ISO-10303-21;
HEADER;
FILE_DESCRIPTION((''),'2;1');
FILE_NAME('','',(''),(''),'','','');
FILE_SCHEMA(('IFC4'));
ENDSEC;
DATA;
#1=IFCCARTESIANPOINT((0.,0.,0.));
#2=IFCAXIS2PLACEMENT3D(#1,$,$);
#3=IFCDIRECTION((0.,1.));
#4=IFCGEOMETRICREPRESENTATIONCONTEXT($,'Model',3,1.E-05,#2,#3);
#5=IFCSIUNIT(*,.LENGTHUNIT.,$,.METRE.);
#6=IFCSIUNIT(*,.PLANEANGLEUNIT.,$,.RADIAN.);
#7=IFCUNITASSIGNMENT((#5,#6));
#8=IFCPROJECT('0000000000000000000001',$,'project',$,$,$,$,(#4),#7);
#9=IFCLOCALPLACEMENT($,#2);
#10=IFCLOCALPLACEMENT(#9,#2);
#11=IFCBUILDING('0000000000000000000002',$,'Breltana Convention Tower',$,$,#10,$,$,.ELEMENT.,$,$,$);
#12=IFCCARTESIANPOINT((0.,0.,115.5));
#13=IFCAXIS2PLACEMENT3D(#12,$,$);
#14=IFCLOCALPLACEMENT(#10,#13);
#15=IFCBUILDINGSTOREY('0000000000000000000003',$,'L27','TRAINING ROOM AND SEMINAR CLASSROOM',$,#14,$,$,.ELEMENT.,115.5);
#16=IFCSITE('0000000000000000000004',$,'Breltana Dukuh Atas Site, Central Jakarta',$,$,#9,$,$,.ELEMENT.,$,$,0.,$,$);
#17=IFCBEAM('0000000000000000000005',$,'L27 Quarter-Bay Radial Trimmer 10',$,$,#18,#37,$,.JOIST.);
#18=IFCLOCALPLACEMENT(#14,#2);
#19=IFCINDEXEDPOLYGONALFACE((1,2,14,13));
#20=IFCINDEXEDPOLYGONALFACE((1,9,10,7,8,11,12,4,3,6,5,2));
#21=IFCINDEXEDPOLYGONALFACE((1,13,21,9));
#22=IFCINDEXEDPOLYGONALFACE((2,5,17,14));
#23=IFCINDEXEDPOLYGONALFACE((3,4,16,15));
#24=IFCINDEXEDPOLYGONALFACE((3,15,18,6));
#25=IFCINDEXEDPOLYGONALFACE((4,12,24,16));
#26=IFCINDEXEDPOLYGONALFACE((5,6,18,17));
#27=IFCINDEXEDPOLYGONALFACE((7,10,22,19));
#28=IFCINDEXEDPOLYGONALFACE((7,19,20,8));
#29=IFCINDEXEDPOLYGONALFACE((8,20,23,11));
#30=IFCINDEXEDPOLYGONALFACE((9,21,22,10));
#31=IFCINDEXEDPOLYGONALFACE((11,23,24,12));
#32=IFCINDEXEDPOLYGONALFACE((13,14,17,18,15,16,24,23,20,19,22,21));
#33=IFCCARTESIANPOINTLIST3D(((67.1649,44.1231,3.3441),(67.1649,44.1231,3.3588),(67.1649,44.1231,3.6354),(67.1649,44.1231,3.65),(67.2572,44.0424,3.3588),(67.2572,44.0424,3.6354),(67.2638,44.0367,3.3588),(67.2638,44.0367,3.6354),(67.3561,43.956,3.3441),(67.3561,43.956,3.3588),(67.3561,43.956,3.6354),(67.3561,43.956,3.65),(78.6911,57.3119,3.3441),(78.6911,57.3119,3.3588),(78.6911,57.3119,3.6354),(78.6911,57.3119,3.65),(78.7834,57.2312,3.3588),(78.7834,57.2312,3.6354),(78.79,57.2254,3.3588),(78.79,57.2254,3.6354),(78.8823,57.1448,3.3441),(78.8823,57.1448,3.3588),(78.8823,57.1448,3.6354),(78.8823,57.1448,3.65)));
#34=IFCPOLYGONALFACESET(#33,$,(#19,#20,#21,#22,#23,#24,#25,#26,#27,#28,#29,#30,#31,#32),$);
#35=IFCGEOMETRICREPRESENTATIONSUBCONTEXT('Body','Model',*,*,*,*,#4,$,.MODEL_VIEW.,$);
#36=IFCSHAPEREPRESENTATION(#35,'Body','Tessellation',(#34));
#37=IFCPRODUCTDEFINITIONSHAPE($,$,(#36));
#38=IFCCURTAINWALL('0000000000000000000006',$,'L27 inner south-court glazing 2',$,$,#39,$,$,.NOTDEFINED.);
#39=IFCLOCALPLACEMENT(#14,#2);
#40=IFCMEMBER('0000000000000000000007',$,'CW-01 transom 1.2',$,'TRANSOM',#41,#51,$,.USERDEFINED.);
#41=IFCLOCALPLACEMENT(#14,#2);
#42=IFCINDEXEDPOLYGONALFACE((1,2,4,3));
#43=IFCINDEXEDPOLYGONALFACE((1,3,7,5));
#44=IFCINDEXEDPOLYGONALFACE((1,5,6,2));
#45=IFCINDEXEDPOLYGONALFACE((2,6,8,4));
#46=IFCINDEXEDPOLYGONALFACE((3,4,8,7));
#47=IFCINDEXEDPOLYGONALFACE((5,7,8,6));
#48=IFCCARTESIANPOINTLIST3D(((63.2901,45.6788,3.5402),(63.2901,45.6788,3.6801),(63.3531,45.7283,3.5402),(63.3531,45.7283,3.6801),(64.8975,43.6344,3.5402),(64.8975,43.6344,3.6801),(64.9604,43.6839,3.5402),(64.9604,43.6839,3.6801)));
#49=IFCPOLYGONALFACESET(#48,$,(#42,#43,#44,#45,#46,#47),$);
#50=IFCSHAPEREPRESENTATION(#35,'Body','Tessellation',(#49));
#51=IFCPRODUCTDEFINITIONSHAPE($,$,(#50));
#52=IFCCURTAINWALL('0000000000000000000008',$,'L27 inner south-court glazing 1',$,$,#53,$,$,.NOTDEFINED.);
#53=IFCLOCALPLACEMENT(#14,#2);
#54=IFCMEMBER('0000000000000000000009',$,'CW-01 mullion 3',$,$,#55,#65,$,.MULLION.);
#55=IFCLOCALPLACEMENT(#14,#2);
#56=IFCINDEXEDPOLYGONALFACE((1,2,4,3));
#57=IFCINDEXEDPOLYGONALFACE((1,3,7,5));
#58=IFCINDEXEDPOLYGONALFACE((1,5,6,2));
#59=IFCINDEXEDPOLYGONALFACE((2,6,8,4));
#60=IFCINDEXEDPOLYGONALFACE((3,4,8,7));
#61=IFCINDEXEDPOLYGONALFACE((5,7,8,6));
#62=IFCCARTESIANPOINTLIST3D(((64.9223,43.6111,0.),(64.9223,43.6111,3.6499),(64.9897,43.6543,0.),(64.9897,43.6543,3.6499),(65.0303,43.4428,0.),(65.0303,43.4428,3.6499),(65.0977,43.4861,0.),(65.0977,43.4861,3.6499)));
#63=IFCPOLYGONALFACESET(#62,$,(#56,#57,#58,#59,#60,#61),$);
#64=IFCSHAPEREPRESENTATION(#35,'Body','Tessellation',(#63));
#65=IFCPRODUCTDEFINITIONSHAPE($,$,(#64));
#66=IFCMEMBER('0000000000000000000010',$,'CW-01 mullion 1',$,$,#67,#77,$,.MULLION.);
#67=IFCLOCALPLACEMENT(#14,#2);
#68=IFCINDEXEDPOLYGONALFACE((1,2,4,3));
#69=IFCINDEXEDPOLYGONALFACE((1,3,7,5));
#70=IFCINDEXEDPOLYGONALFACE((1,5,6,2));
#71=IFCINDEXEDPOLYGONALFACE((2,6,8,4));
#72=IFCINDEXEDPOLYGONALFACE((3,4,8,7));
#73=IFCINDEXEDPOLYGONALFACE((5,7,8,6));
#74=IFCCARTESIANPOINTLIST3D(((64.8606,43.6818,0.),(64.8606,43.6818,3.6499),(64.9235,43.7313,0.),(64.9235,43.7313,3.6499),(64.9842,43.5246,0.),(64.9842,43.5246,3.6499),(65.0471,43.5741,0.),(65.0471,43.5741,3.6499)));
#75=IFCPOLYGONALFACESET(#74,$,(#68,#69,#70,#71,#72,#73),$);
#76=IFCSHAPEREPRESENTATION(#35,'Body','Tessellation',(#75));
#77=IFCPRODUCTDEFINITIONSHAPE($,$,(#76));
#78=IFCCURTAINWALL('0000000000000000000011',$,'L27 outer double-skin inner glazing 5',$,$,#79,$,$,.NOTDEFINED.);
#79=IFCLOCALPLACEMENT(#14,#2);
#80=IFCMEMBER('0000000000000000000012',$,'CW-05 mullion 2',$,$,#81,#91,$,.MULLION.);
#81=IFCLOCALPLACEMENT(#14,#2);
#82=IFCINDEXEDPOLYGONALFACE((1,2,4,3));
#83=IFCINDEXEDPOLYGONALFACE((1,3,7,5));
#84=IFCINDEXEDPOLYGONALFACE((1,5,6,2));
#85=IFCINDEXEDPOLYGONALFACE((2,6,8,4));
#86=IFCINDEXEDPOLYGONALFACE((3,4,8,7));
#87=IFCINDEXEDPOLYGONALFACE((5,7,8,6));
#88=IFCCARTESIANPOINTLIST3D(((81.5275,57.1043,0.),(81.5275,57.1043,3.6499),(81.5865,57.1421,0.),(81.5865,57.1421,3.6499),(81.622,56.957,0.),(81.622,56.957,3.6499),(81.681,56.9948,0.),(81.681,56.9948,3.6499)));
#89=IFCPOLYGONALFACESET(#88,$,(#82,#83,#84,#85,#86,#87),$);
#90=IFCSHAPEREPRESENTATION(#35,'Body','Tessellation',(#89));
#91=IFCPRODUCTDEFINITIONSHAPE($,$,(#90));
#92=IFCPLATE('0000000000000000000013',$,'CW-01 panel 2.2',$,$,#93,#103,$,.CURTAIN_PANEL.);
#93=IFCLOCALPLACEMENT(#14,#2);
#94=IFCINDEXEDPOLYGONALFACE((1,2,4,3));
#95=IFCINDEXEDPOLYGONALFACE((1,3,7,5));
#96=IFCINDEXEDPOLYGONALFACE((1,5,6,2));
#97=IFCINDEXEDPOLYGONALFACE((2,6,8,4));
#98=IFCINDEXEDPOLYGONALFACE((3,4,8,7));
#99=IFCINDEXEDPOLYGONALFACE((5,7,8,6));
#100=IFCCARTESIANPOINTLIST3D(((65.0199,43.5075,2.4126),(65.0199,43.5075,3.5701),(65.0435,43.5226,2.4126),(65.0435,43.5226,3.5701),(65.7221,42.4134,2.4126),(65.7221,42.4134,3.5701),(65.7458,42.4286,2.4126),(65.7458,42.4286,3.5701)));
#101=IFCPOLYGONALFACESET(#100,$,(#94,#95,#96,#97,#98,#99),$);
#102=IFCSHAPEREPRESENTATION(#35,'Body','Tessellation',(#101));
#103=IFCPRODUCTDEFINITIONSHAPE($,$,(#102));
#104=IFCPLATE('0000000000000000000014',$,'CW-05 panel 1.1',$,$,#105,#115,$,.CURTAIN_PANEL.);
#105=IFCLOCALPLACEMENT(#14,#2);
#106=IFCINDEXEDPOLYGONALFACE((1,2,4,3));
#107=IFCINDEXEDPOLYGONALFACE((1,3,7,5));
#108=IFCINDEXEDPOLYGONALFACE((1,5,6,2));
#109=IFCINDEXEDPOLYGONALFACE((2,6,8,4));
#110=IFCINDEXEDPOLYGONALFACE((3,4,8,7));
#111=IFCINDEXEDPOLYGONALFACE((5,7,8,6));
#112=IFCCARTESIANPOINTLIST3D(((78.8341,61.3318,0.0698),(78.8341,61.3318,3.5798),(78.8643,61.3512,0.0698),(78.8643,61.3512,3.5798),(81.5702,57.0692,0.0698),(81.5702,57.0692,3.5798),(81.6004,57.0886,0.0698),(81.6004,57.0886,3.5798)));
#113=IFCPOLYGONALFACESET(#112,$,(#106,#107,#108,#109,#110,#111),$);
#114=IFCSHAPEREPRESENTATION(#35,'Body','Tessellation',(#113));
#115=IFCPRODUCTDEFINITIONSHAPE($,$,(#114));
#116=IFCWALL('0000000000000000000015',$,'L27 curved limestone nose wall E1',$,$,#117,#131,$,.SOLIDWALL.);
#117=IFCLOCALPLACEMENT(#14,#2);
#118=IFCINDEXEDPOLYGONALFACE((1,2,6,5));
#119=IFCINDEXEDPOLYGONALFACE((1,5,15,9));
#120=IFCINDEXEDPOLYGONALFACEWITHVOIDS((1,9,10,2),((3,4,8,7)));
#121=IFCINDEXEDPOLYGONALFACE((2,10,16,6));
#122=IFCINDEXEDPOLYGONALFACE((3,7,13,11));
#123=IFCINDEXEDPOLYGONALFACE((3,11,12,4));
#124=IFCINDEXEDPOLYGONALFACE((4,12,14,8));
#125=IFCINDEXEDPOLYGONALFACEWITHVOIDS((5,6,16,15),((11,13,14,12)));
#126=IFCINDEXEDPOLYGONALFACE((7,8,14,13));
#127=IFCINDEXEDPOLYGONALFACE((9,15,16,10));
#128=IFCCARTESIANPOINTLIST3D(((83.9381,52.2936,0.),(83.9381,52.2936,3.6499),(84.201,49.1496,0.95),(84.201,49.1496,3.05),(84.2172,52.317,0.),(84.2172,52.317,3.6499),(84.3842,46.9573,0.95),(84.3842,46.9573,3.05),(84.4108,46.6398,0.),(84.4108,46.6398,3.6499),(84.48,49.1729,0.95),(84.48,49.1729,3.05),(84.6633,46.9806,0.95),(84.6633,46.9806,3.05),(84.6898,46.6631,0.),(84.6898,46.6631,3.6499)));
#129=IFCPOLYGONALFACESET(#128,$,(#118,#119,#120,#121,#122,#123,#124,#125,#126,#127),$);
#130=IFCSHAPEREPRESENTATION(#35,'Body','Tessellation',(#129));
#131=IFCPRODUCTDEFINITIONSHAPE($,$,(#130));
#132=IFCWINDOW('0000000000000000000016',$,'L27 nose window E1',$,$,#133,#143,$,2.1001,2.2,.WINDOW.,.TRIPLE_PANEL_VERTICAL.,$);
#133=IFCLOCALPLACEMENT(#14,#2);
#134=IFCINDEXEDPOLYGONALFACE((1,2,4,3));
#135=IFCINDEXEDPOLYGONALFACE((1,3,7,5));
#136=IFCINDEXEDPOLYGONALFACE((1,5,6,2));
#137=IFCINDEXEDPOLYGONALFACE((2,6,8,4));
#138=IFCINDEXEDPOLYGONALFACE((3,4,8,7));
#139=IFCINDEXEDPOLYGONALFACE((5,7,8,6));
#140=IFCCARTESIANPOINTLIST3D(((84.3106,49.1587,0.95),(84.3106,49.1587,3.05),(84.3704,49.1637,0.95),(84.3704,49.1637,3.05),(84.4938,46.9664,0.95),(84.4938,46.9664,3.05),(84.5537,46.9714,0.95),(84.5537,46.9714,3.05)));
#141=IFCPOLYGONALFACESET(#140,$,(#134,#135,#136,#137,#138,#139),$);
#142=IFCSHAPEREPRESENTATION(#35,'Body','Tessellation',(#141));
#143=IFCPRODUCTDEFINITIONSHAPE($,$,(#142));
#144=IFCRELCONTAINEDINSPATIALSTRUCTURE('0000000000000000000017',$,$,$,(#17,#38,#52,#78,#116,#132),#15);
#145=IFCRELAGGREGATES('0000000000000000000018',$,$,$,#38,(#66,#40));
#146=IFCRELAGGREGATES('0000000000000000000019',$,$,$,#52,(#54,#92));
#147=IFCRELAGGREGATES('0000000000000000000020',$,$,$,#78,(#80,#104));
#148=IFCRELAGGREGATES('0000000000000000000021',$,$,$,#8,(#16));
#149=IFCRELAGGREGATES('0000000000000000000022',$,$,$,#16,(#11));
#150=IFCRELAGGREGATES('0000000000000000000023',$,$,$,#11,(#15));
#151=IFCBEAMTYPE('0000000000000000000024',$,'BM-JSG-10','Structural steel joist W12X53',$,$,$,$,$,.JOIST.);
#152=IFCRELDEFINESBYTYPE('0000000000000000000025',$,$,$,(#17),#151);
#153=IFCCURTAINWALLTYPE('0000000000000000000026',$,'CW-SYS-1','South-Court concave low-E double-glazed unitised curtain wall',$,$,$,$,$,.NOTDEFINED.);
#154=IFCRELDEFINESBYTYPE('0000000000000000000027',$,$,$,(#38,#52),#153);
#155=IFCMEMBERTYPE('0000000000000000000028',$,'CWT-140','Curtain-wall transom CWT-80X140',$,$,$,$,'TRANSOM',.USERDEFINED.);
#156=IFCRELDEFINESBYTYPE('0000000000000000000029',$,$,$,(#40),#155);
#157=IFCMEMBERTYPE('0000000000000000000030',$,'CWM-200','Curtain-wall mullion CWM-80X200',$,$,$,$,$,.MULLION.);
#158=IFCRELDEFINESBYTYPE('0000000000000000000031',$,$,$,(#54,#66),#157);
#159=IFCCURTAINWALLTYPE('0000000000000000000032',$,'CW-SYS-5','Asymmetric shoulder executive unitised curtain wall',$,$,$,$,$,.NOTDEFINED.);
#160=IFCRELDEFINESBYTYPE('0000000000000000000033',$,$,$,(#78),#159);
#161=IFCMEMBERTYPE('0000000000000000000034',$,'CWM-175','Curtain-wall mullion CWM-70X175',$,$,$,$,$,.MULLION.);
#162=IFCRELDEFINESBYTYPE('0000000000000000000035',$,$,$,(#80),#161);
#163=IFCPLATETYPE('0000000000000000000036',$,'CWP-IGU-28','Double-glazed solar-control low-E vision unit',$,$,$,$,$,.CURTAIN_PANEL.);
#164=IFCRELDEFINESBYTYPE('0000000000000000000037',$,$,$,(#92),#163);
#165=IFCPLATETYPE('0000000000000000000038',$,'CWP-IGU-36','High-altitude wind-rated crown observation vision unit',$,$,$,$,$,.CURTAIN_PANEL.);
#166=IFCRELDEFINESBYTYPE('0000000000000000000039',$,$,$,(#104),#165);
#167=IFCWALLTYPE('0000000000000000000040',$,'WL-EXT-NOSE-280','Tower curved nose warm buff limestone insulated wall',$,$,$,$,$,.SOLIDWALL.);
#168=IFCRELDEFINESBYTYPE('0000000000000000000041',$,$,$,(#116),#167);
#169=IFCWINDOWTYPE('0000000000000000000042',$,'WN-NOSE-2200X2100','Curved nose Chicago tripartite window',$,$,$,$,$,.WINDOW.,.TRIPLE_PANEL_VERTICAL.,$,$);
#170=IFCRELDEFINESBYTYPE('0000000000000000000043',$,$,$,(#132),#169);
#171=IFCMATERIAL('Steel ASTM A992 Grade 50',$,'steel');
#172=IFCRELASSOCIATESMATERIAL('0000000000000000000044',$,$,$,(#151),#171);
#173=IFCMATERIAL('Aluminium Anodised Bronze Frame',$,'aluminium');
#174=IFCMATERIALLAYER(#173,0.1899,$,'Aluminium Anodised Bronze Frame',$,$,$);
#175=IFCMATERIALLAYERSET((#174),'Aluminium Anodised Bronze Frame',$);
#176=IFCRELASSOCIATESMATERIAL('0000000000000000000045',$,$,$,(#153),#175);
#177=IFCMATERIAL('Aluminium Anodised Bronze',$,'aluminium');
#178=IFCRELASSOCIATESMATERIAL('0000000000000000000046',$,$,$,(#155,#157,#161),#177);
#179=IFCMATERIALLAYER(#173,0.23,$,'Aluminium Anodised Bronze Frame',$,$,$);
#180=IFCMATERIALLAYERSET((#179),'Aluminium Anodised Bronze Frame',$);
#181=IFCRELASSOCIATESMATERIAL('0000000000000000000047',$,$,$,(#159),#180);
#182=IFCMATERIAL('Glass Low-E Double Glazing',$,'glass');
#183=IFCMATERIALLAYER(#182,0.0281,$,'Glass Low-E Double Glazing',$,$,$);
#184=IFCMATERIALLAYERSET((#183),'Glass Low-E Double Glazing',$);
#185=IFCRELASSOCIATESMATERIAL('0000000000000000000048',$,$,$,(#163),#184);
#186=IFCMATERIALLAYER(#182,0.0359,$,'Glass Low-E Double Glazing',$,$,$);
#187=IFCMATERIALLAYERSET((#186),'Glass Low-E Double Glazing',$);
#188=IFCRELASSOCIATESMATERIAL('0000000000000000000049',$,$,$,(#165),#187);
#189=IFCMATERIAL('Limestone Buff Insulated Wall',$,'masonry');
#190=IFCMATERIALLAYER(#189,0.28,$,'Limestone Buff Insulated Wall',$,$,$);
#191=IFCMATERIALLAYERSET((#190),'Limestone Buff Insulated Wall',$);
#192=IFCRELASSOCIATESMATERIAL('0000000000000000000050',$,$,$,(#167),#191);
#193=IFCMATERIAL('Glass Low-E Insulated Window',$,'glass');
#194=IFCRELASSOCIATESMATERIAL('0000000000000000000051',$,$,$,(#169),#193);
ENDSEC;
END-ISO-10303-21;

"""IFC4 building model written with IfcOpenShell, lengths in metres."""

from ifc_helpers import new_model, si_unit, direction, frame, frame_2d, origin, origin_2d, place, context, subcontext, project, spatial, rectangle, i_section, extrude, source, transform, mapped, material, layer, layer_set, material_profile, profile_set, type_object, type_shapes, element, fill, aggregate, save


model = new_model("IFC4")

# Units and contexts
model_context = context("Model", 3, precision=1e-05, world=origin(), true_north=direction((0.0, 1.0)))
body_context = subcontext(model_context, "Body", "Model", "MODEL_VIEW")
ifc_project = project(units=[si_unit("LENGTHUNIT", "METRE"), si_unit("PLANEANGLEUNIT", "RADIAN")], contexts=[model_context])

# Site, building, storey
site_placement = place(None, origin())
site = spatial("IfcSite", under=ifc_project, at=site_placement, Name="Breltana Dukuh Atas Site, Central Jakarta", CompositionType="ELEMENT", RefElevation=0.0)
building_placement = place(site_placement, origin())
building = spatial("IfcBuilding", under=site, at=building_placement, Name="Breltana Convention Tower", CompositionType="ELEMENT")
storey_placement = place(building_placement, frame((0.0, 0.0, 115.5)))
storey = spatial("IfcBuildingStorey", under=building, at=storey_placement, Name="L27", Description="TRAINING ROOM AND SEMINAR CLASSROOM", CompositionType="ELEMENT", Elevation=115.5)

# Beam
ifc_material_1 = material(Name="Steel ASTM A992 Grade 50", Category="steel")
ifc_material_profile_1 = material_profile(ifc_material_1, i_section(OverallWidth=0.2539, OverallDepth=0.3059, WebThickness=0.0088, FlangeThickness=0.0146, at=origin_2d()), Name="W12X53")
ifc_profile_set_1 = profile_set([ifc_material_profile_1], Name="Steel ASTM A992 Grade 50")
beam_type_1 = type_object("IfcBeamType", Name="BM-JSG-10", Description="Structural steel joist W12X53", PredefinedType="JOIST", material=ifc_profile_set_1)
shared_shape_1 = source(origin(), body_context, "Body", "SweptSolid", [
    extrude(i_section(OverallWidth=0.2539, OverallDepth=0.3059, WebThickness=0.0088, FlangeThickness=0.0146, at=origin_2d()), origin(), (0.0, 0.0, 1.0), 17.5156),
])
beam_1_placement = place(storey_placement, frame((67.2605, 44.0396, 3.4971), z_axis=(0.658052, 0.752973, 0.0), x_axis=(-0.752973, 0.658052, 0.0)))
element("IfcBeam", 1, at=beam_1_placement, inside=storey, type_object=beam_type_1, Name="L27 Quarter-Bay Radial Trimmer 10", PredefinedType="JOIST", context=body_context, shape_type="MappedRepresentation", body=[
    mapped(shared_shape_1, transform((0.0, 0.0, 0.0), scale=1.0)),
])

# Curtain walls, members
ifc_material_2 = material(Name="Aluminium Anodised Bronze Frame", Category="aluminium")
ifc_layer_1 = layer(ifc_material_2, 0.1899, Name="Aluminium Anodised Bronze Frame")
ifc_layer_set_1 = layer_set([ifc_layer_1], Name="Aluminium Anodised Bronze Frame")
curtain_wall_type_1 = type_object("IfcCurtainWallType", Name="CW-SYS-1", Description="South-Court concave low-E double-glazed unitised curtain wall", PredefinedType="NOTDEFINED", material=ifc_layer_set_1)
curtain_wall_1_placement = place(storey_placement, origin())
curtain_wall_1 = element("IfcCurtainWall", 2, at=curtain_wall_1_placement, inside=storey, type_object=curtain_wall_type_1, Name="L27 inner south-court glazing 2", PredefinedType="NOTDEFINED")
ifc_material_3 = material(Name="Aluminium Anodised Bronze", Category="aluminium")
ifc_material_profile_2 = material_profile(ifc_material_3, rectangle(XDim=0.0801, YDim=0.1399, at=origin_2d()), Name="CWT-80X140")
ifc_profile_set_2 = profile_set([ifc_material_profile_2], Name="Aluminium Anodised Bronze")
member_type_1 = type_object("IfcMemberType", Name="CWT-140", Description="Curtain-wall transom CWT-80X140", ElementType="TRANSOM", PredefinedType="USERDEFINED", material=ifc_profile_set_2)
shared_shape_2 = source(origin(), body_context, "Body", "SweptSolid", [
    extrude(rectangle(XDim=0.0801, YDim=0.1399, at=origin_2d()), origin(), (0.0, 0.0, 1.0), 2.6006),
])
member_1_placement = place(storey_placement, frame((64.929, 43.6592, 3.6101), z_axis=(-0.618079, 0.786116, 0.0), x_axis=(-0.786116, -0.618079, 0.0)))
member_1 = element("IfcMember", 3, at=member_1_placement, type_object=member_type_1, Name="CW-01 transom 1.2", ObjectType="TRANSOM", PredefinedType="USERDEFINED", context=body_context, shape_type="MappedRepresentation", body=[
    mapped(shared_shape_2, transform((0.0, 0.0, 0.0), scale=1.0)),
])
curtain_wall_2_placement = place(storey_placement, origin())
curtain_wall_2 = element("IfcCurtainWall", 4, at=curtain_wall_2_placement, inside=storey, type_object=curtain_wall_type_1, Name="L27 inner south-court glazing 1", PredefinedType="NOTDEFINED")
ifc_material_profile_3 = material_profile(ifc_material_3, rectangle(XDim=0.0801, YDim=0.2, at=origin_2d()), Name="CWM-80X200")
ifc_profile_set_3 = profile_set([ifc_material_profile_3], Name="Aluminium Anodised Bronze")
member_type_2 = type_object("IfcMemberType", Name="CWM-200", Description="Curtain-wall mullion CWM-80X200", PredefinedType="MULLION", material=ifc_profile_set_3)
shared_shape_3 = source(origin(), body_context, "Body", "SweptSolid", [
    extrude(rectangle(XDim=0.0801, YDim=0.2, at=origin_2d()), origin(), (0.0, 0.0, 1.0), 3.6499),
])
member_2_placement = place(storey_placement, frame((65.01, 43.5486, 0.0), z_axis=(0.0, 0.0, 1.0), x_axis=(-0.841551, -0.540177, 0.0)))
member_2 = element("IfcMember", 5, at=member_2_placement, type_object=member_type_2, Name="CW-01 mullion 3", PredefinedType="MULLION", context=body_context, shape_type="MappedRepresentation", body=[
    mapped(shared_shape_3, transform((0.0, 0.0, 0.0), scale=1.0)),
])

# Member
member_3_placement = place(storey_placement, frame((64.9539, 43.6279, 0.0), z_axis=(0.0, 0.0, 1.0), x_axis=(-0.786054, -0.618157, 0.0)))
member_3 = element("IfcMember", 6, at=member_3_placement, type_object=member_type_2, Name="CW-01 mullion 1", PredefinedType="MULLION", context=body_context, shape_type="MappedRepresentation", body=[
    mapped(shared_shape_3, transform((0.0, 0.0, 0.0), scale=1.0)),
])
aggregate(curtain_wall_1, [member_3, member_1])

# Curtain wall, member
ifc_layer_2 = layer(ifc_material_2, 0.23, Name="Aluminium Anodised Bronze Frame")
ifc_layer_set_2 = layer_set([ifc_layer_2], Name="Aluminium Anodised Bronze Frame")
curtain_wall_type_2 = type_object("IfcCurtainWallType", Name="CW-SYS-5", Description="Asymmetric shoulder executive unitised curtain wall", PredefinedType="NOTDEFINED", material=ifc_layer_set_2)
curtain_wall_3_placement = place(storey_placement, origin())
curtain_wall_3 = element("IfcCurtainWall", 7, at=curtain_wall_3_placement, inside=storey, type_object=curtain_wall_type_2, Name="L27 outer double-skin inner glazing 5", PredefinedType="NOTDEFINED")
ifc_material_profile_4 = material_profile(ifc_material_3, rectangle(XDim=0.0701, YDim=0.175, at=origin_2d()), Name="CWM-70X175")
ifc_profile_set_4 = profile_set([ifc_material_profile_4], Name="Aluminium Anodised Bronze")
member_type_3 = type_object("IfcMemberType", Name="CWM-175", Description="Curtain-wall mullion CWM-70X175", PredefinedType="MULLION", material=ifc_profile_set_4)
shared_shape_4 = source(origin(), body_context, "Body", "SweptSolid", [
    extrude(rectangle(XDim=0.0701, YDim=0.175, at=origin_2d()), origin(), (0.0, 0.0, 1.0), 3.6499),
])
member_4_placement = place(storey_placement, frame((81.6042, 57.0496, 0.0), z_axis=(0.0, 0.0, 1.0), x_axis=(0.841552, 0.540177, 0.0)))
member_4 = element("IfcMember", 8, at=member_4_placement, type_object=member_type_3, Name="CW-05 mullion 2", PredefinedType="MULLION", context=body_context, shape_type="MappedRepresentation", body=[
    mapped(shared_shape_4, transform((0.0, 0.0, 0.0), scale=1.0)),
])

# Plates
ifc_material_4 = material(Name="Glass Low-E Double Glazing", Category="glass")
ifc_layer_3 = layer(ifc_material_4, 0.0281, Name="Glass Low-E Double Glazing")
ifc_layer_set_3 = layer_set([ifc_layer_3], Name="Glass Low-E Double Glazing")
plate_type_1 = type_object("IfcPlateType", Name="CWP-IGU-28", Description="Double-glazed solar-control low-E vision unit", PredefinedType="CURTAIN_PANEL", material=ifc_layer_set_3)
shared_shape_5 = source(origin(), body_context, "Body", "SweptSolid", [
    extrude(rectangle(XDim=1.3, YDim=0.0281, at=origin_2d()), origin(), (0.0, 0.0, 1.0), 1.1575),
])
plate_1_placement = place(storey_placement, frame((65.3828, 42.968, 2.4126), z_axis=(0.0, 0.0, 1.0), x_axis=(-0.540177, 0.841551, 0.0)))
plate_1 = element("IfcPlate", 9, at=plate_1_placement, type_object=plate_type_1, Name="CW-01 panel 2.2", PredefinedType="CURTAIN_PANEL", context=body_context, shape_type="MappedRepresentation", body=[
    mapped(shared_shape_5, transform((0.0, 0.0, 0.0), scale=1.0)),
])
aggregate(curtain_wall_2, [member_2, plate_1])
ifc_layer_4 = layer(ifc_material_4, 0.0359, Name="Glass Low-E Double Glazing")
ifc_layer_set_4 = layer_set([ifc_layer_4], Name="Glass Low-E Double Glazing")
plate_type_2 = type_object("IfcPlateType", Name="CWP-IGU-36", Description="High-altitude wind-rated crown observation vision unit", PredefinedType="CURTAIN_PANEL", material=ifc_layer_set_4)
shared_shape_6 = source(origin(), body_context, "Body", "SweptSolid", [
    extrude(rectangle(XDim=5.0652, YDim=0.0359, at=origin_2d()), origin(), (0.0, 0.0, 1.0), 3.51),
])
plate_2_placement = place(storey_placement, frame((80.2173, 59.2102, 0.0698), z_axis=(0.0, 0.0, 1.0), x_axis=(0.540177, -0.841552, 0.0)))
plate_2 = element("IfcPlate", 10, at=plate_2_placement, type_object=plate_type_2, Name="CW-05 panel 1.1", PredefinedType="CURTAIN_PANEL", context=body_context, shape_type="MappedRepresentation", body=[
    mapped(shared_shape_6, transform((0.0, 0.0, 0.0), scale=1.0)),
])
aggregate(curtain_wall_3, [member_4, plate_2])

# Wall, opening, window
ifc_material_5 = material(Name="Limestone Buff Insulated Wall", Category="masonry")
ifc_layer_5 = layer(ifc_material_5, 0.28, Name="Limestone Buff Insulated Wall")
ifc_layer_set_5 = layer_set([ifc_layer_5], Name="Limestone Buff Insulated Wall")
wall_type = type_object("IfcWallType", Name="WL-EXT-NOSE-280", Description="Tower curved nose warm buff limestone insulated wall", PredefinedType="SOLIDWALL", material=ifc_layer_set_5)
shared_shape_7 = source(origin(), body_context, "Body", "SweptSolid", [
    extrude(rectangle(XDim=5.6736, YDim=0.28, at=frame_2d((2.8369, 0.0))), origin(), (0.0, 0.0, 1.0), 3.6499),
])
wall_1_placement = place(storey_placement, frame((84.0776, 52.3054, 0.0), z_axis=(0.0, 0.0, 1.0), x_axis=(0.083309, -0.996524, 0.0)))
wall_1 = element("IfcWall", 11, at=wall_1_placement, inside=storey, type_object=wall_type, Name="L27 curved limestone nose wall E1", PredefinedType="SOLIDWALL", context=body_context, shape_type="MappedRepresentation", body=[
    mapped(shared_shape_7, transform((0.0, 0.0, 0.0), scale=1.0)),
])
opening_1_placement = place(wall_1_placement, frame((3.155, 0.0, 0.95)))
opening_1 = element("IfcOpeningElement", 12, at=opening_1_placement, cuts=wall_1, PredefinedType="OPENING", context=body_context, shape_type="SweptSolid", body=[
    extrude(rectangle(XDim=2.2, YDim=2.1001, at=frame_2d((1.1001, 1.05))), frame((0.0, 0.1499, 0.0), z_axis=(0.0, -1.0, 0.0), x_axis=(1.0, 0.0, 0.0)), (0.0, 0.0, 1.0), 0.3),
])
ifc_material_6 = material(Name="Glass Low-E Insulated Window", Category="glass")
window_type = type_object("IfcWindowType", Name="WN-NOSE-2200X2100", Description="Curved nose Chicago tripartite window", PartitioningType="TRIPLE_PANEL_VERTICAL", PredefinedType="WINDOW", material=ifc_material_6)
shared_shape_8 = source(origin(), body_context, "Body", "SweptSolid", [
    extrude(rectangle(XDim=2.2, YDim=2.1001, at=frame_2d((1.1001, 1.05))), frame((0.0, 0.03, 0.0), z_axis=(0.0, -1.0, 0.0), x_axis=(1.0, 0.0, 0.0)), (0.0, 0.0, 1.0), 0.0601),
])
type_shapes(window_type, [shared_shape_8])
window_1_placement = place(opening_1_placement, origin())
window_1 = element("IfcWindow", 13, at=window_1_placement, inside=storey, type_object=window_type, Name="L27 nose window E1", OverallHeight=2.1001, OverallWidth=2.2, PartitioningType="TRIPLE_PANEL_VERTICAL", PredefinedType="WINDOW", context=body_context, shape_type="MappedRepresentation", body=[
    mapped(shared_shape_8, transform((0.0, 0.0, 0.0), scale=1.0)),
])
fill(opening_1, window_1)

save(model, "model.ifc")
